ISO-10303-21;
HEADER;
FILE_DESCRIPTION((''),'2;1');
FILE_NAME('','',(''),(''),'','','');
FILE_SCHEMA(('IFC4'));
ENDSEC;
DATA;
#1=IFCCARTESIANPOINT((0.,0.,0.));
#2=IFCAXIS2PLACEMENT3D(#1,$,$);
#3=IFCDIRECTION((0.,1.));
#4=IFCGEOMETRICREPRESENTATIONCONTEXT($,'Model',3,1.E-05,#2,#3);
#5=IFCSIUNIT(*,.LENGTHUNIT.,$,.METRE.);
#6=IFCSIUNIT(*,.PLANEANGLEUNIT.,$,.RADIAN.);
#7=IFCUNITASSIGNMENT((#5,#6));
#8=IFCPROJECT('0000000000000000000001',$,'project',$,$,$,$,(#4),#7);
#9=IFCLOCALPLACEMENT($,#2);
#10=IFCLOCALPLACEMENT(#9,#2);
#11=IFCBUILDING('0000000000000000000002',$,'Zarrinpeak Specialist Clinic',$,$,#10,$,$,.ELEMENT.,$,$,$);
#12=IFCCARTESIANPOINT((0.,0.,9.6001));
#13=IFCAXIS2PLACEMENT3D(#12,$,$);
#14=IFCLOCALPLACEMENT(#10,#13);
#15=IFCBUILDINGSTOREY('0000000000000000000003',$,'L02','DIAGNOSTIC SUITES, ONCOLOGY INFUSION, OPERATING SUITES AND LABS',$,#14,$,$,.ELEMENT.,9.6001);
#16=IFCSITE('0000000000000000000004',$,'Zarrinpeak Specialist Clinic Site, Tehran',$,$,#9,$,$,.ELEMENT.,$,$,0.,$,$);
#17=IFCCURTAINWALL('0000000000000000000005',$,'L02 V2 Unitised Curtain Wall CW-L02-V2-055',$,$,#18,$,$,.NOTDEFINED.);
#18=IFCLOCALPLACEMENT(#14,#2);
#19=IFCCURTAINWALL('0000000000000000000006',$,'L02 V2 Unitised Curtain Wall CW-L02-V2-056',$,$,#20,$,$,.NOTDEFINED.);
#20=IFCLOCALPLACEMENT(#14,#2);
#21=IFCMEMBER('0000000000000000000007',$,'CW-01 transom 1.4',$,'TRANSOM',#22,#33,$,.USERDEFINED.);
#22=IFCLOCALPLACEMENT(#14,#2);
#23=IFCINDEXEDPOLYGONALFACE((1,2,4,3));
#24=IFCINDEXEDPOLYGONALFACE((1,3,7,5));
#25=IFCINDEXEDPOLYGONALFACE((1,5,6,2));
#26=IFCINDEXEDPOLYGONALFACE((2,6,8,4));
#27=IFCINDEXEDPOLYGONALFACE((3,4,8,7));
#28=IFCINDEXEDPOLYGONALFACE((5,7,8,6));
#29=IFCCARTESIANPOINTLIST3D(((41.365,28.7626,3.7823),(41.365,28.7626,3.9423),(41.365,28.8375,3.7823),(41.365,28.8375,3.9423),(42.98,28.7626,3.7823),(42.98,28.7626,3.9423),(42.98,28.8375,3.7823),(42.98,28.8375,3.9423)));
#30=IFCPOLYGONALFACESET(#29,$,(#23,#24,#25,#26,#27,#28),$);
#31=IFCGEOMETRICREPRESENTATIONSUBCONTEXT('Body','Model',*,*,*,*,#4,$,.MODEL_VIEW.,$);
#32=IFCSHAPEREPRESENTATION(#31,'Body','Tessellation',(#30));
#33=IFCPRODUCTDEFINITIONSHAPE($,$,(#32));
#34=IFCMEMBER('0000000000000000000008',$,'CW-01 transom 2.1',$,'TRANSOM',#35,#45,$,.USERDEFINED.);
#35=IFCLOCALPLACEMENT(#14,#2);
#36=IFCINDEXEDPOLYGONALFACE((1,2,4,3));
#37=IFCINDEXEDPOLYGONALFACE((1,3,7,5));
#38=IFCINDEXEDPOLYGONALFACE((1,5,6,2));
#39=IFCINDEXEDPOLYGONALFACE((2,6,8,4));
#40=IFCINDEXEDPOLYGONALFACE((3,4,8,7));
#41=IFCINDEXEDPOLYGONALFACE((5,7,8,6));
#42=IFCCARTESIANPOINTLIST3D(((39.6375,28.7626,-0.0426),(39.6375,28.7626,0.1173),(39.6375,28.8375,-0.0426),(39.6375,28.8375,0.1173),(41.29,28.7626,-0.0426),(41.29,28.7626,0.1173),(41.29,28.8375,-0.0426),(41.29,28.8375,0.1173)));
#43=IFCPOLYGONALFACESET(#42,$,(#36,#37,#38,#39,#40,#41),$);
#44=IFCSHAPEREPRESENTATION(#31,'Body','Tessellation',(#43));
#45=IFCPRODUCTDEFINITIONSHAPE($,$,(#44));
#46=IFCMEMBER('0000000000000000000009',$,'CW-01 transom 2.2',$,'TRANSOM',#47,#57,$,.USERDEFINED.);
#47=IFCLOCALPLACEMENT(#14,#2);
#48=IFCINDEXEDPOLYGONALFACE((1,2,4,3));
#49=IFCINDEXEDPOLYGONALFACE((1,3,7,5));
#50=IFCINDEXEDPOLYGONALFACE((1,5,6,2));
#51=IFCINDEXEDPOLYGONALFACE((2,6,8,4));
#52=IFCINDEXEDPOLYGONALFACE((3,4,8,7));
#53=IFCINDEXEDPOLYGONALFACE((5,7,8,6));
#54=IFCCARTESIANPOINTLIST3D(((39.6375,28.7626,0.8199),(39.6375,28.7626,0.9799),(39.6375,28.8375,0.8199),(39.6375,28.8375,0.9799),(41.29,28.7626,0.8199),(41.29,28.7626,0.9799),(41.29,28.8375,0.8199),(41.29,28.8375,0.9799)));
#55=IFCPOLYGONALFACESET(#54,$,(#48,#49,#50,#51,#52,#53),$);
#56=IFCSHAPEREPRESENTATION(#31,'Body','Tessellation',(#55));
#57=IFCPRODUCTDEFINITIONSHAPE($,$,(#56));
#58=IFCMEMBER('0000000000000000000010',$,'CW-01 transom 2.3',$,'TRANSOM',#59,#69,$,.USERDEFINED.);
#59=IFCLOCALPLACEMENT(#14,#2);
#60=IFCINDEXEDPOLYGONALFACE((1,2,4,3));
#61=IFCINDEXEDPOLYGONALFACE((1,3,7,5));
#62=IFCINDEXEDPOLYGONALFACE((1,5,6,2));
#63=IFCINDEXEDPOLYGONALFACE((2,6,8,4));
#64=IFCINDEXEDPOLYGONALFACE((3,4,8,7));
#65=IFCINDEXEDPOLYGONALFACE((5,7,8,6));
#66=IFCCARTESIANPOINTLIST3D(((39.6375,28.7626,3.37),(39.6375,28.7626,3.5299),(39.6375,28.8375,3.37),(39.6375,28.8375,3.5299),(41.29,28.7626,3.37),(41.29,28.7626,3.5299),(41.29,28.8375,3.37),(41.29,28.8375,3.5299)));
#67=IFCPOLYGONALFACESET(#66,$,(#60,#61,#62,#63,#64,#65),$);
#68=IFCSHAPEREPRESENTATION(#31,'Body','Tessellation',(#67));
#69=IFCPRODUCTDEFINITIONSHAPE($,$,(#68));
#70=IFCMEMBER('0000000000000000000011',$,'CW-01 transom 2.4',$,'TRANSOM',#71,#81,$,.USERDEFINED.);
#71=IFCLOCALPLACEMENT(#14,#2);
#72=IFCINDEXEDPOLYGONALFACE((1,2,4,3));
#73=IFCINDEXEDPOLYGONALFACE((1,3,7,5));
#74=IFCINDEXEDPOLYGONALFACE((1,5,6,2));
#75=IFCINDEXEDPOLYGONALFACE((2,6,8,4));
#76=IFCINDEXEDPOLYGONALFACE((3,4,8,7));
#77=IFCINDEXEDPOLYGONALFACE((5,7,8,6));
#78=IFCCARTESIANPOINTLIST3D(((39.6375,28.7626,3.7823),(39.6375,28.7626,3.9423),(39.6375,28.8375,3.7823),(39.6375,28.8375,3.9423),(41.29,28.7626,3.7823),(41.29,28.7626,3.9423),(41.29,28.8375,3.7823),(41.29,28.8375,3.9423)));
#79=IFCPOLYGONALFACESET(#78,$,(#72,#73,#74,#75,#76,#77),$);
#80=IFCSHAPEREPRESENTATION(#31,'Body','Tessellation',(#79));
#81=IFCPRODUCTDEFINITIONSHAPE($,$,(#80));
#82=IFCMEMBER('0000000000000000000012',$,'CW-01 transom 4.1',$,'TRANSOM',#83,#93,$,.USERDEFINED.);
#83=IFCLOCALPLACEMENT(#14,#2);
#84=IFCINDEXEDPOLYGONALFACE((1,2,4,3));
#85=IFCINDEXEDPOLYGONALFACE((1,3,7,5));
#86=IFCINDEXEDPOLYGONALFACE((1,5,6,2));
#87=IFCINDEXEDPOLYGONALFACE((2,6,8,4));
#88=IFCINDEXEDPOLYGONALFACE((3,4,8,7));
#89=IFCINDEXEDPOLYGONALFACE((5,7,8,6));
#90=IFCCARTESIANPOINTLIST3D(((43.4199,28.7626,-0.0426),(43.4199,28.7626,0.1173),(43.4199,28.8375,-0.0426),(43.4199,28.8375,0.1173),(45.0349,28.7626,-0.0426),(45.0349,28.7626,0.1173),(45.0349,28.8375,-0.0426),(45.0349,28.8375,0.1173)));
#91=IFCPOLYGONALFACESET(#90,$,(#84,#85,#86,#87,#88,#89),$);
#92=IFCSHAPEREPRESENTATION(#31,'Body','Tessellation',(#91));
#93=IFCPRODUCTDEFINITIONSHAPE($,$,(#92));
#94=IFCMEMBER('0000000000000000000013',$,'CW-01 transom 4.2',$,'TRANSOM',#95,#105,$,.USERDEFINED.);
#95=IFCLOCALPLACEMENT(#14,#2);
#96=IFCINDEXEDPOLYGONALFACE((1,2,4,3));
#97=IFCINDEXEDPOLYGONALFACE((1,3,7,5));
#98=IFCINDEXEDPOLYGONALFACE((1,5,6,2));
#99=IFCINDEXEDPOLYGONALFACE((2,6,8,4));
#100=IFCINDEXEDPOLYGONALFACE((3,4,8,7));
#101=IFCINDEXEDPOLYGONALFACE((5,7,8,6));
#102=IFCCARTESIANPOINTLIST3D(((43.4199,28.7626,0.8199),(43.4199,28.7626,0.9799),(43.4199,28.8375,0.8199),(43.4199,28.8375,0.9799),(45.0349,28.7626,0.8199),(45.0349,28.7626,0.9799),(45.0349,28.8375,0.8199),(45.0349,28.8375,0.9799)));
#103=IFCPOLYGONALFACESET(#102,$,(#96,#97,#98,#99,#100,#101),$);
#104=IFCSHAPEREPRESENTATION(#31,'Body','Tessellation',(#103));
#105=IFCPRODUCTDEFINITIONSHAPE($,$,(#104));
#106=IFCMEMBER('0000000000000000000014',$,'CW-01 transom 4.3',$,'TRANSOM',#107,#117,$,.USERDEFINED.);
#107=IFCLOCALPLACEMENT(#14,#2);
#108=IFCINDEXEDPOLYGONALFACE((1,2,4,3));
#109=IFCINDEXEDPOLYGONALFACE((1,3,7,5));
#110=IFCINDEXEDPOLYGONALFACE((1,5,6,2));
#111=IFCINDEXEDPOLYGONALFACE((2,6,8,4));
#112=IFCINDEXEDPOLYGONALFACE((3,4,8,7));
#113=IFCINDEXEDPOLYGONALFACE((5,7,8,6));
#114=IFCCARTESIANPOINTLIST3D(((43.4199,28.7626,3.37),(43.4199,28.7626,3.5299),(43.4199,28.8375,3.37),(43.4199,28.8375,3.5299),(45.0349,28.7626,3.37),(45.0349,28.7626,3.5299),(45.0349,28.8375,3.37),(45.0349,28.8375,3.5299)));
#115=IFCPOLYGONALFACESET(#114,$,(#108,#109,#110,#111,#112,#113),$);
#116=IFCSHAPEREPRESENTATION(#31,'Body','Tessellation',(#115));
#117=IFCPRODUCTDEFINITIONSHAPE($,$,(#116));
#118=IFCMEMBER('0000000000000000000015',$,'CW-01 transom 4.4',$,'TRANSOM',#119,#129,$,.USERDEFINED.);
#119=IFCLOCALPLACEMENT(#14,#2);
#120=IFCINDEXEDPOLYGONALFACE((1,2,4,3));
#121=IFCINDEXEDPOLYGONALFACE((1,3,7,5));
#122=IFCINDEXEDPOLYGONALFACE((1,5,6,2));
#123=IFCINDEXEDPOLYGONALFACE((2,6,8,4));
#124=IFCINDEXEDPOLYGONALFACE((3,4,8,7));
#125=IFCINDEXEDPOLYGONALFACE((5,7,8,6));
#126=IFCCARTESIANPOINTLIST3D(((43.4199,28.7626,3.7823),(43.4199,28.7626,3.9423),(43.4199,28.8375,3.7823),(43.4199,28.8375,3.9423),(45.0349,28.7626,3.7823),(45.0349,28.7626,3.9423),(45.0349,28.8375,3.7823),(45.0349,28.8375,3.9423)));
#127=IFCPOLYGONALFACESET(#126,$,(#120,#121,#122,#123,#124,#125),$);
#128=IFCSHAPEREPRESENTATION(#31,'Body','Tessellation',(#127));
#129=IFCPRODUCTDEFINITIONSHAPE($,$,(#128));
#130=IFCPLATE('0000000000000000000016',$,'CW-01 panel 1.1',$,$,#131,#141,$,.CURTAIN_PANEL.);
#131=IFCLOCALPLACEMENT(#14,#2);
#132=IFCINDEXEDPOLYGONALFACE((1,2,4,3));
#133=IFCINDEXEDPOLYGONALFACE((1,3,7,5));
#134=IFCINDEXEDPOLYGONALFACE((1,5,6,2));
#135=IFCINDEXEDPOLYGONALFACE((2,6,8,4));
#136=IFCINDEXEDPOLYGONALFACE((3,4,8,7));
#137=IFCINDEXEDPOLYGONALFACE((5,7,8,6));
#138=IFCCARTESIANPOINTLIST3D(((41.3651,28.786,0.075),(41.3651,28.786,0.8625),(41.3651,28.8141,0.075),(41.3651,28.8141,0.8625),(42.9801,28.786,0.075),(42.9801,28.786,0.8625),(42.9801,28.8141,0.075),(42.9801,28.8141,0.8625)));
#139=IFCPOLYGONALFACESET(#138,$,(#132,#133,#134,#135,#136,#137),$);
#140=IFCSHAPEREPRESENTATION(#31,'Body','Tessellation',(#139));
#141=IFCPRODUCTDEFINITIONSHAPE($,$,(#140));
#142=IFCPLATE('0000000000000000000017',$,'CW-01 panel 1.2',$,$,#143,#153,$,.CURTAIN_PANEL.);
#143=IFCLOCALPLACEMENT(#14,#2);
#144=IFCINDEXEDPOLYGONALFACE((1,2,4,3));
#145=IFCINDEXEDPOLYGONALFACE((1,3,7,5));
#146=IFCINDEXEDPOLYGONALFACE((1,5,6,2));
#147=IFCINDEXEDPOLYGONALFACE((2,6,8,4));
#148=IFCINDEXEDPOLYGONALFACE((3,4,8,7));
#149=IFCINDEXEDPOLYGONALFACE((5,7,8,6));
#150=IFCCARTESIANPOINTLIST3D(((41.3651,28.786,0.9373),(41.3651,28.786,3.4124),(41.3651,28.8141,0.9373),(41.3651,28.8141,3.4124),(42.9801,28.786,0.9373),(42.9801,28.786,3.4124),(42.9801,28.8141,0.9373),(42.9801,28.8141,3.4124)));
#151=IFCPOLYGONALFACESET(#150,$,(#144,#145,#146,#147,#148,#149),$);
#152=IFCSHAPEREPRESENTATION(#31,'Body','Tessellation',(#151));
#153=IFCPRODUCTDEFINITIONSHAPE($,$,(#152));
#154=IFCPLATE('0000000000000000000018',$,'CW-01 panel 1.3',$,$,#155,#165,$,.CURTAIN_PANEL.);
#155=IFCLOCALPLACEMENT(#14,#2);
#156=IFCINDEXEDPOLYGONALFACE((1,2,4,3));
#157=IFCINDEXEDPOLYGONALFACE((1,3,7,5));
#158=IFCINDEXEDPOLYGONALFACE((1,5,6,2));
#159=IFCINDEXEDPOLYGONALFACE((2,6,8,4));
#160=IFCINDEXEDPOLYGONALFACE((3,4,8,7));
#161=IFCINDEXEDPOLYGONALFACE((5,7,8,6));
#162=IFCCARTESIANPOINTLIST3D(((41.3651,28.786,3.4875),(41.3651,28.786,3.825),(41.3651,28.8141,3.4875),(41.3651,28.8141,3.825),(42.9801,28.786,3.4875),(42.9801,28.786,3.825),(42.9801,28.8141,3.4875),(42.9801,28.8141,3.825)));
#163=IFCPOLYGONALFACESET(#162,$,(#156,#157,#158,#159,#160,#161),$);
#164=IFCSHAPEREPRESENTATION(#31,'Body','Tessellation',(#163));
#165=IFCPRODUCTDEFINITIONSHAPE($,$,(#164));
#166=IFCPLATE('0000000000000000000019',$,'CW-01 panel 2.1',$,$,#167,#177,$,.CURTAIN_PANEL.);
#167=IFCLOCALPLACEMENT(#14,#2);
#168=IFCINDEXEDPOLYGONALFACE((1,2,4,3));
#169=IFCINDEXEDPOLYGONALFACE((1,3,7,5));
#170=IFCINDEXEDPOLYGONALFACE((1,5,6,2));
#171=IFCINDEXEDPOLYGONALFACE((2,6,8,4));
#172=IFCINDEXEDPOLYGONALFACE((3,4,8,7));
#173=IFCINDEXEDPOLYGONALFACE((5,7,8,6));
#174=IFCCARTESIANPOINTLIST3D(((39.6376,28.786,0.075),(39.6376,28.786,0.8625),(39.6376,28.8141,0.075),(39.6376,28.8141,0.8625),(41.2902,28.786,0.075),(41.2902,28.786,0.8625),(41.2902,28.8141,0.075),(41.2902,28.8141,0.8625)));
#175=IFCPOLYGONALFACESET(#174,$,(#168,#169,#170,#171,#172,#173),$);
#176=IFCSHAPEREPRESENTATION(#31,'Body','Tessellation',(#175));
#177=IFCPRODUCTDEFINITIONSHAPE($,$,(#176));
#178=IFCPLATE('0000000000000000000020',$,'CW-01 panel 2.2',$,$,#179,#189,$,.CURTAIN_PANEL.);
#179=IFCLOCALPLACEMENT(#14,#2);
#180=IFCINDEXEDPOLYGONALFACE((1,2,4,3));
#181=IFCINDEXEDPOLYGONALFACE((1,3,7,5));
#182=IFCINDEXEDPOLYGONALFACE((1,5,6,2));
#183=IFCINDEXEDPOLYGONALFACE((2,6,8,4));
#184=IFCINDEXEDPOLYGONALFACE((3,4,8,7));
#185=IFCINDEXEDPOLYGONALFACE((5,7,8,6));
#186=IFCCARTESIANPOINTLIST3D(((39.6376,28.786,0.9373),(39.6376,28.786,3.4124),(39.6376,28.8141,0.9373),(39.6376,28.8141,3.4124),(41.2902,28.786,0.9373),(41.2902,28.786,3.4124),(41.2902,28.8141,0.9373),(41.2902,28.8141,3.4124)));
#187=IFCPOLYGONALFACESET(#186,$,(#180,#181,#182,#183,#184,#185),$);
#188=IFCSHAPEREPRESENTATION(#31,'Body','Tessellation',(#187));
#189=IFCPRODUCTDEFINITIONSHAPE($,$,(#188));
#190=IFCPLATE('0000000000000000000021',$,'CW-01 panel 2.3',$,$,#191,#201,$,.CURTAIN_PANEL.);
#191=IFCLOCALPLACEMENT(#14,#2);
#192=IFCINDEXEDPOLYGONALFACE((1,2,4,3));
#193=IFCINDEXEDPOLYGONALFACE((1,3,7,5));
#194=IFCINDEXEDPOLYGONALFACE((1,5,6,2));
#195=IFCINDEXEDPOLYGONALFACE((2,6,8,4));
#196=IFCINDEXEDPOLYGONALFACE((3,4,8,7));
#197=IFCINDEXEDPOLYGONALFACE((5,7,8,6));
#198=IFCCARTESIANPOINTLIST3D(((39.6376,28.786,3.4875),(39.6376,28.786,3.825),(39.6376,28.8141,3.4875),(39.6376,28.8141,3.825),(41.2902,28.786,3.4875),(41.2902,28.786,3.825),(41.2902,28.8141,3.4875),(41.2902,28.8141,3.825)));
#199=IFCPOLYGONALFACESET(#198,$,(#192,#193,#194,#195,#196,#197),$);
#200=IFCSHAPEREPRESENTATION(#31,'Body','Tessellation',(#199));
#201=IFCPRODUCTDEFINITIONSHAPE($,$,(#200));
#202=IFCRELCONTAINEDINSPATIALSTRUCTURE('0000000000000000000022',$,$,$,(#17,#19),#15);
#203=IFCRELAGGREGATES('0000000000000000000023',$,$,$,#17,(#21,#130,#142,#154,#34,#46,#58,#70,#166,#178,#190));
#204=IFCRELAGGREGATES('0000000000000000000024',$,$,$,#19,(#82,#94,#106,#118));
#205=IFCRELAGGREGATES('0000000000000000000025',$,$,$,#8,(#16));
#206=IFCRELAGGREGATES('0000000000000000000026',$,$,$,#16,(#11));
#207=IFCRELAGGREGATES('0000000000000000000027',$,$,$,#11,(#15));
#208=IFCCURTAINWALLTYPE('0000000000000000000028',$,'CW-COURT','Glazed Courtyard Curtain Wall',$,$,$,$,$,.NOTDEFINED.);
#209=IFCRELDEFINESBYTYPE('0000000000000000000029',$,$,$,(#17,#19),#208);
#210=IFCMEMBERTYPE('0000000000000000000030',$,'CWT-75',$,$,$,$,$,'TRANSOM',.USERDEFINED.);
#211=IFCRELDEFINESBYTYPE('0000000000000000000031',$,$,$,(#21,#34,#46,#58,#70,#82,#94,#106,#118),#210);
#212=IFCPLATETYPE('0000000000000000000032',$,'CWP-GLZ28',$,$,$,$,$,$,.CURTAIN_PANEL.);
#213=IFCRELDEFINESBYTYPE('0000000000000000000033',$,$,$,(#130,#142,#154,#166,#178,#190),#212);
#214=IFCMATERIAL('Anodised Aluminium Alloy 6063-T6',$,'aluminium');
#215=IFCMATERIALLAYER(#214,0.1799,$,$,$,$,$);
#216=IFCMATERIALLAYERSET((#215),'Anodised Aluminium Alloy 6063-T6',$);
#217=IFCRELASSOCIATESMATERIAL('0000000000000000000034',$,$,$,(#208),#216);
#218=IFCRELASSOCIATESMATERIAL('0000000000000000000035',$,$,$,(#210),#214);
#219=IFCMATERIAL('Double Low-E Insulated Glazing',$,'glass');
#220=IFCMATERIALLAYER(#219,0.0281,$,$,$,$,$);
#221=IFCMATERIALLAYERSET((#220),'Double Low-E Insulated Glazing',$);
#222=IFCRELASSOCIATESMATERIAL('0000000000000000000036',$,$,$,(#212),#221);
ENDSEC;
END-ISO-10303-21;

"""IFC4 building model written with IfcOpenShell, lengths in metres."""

from ifc_helpers import new_model, si_unit, direction, frame, origin, origin_2d, place, context, subcontext, project, spatial, rectangle, extrude, material, layer, layer_set, material_profile, profile_set, type_object, element, aggregate, save


model = new_model("IFC4")

# Units and contexts
model_context = context("Model", 3, precision=1e-05, world=origin(), true_north=direction((0.0, 1.0)))
body_context = subcontext(model_context, "Body", "Model", "MODEL_VIEW")
ifc_project = project(units=[si_unit("LENGTHUNIT", "METRE"), si_unit("PLANEANGLEUNIT", "RADIAN")], contexts=[model_context])

# Site, building, storey
site_placement = place(None, origin())
site = spatial("IfcSite", under=ifc_project, at=site_placement, Name="Zarrinpeak Specialist Clinic Site, Tehran", CompositionType="ELEMENT", RefElevation=0.0)
building_placement = place(site_placement, origin())
building = spatial("IfcBuilding", under=site, at=building_placement, Name="Zarrinpeak Specialist Clinic", CompositionType="ELEMENT")
storey_placement = place(building_placement, frame((0.0, 0.0, 9.6001)))
storey = spatial("IfcBuildingStorey", under=building, at=storey_placement, Name="L02", Description="DIAGNOSTIC SUITES, ONCOLOGY INFUSION, OPERATING SUITES AND LABS", CompositionType="ELEMENT", Elevation=9.6001)

# Curtain walls
ifc_material_1 = material(Name="Anodised Aluminium Alloy 6063-T6", Category="aluminium")
ifc_layer_1 = layer(ifc_material_1, 0.1799)
ifc_layer_set_1 = layer_set([ifc_layer_1], Name="Anodised Aluminium Alloy 6063-T6")
curtain_wall_type = type_object("IfcCurtainWallType", Name="CW-COURT", Description="Glazed Courtyard Curtain Wall", PredefinedType="NOTDEFINED", material=ifc_layer_set_1)
curtain_wall_1_placement = place(storey_placement, origin())
curtain_wall_1 = element("IfcCurtainWall", 1, at=curtain_wall_1_placement, inside=storey, type_object=curtain_wall_type, Name="L02 V2 Unitised Curtain Wall CW-L02-V2-055", PredefinedType="NOTDEFINED")
curtain_wall_2_placement = place(storey_placement, origin())
curtain_wall_2 = element("IfcCurtainWall", 2, at=curtain_wall_2_placement, inside=storey, type_object=curtain_wall_type, Name="L02 V2 Unitised Curtain Wall CW-L02-V2-056", PredefinedType="NOTDEFINED")

# Members
ifc_material_profile_1 = material_profile(ifc_material_1, rectangle(XDim=0.075, YDim=0.1599, at=origin_2d()), Name="ALU 75x160")
ifc_profile_set_1 = profile_set([ifc_material_profile_1], Name="Anodised Aluminium Alloy 6063-T6")
member_type_1 = type_object("IfcMemberType", Name="CWT-75", ElementType="TRANSOM", PredefinedType="USERDEFINED", material=ifc_profile_set_1)
member_1_placement = place(storey_placement, frame((42.98, 28.8, 3.8623), z_axis=(-1.0, 0.0, 0.0), x_axis=(0.0, -1.0, 0.0)))
member_1 = element("IfcMember", 3, at=member_1_placement, type_object=member_type_1, Name="CW-01 transom 1.4", ObjectType="TRANSOM", PredefinedType="USERDEFINED", context=body_context, shape_type="SweptSolid", body=[
    extrude(rectangle(XDim=0.075, YDim=0.1599, at=origin_2d()), origin(), (0.0, 0.0, 1.0), 1.615),
])
member_2_placement = place(storey_placement, frame((41.29, 28.8, 0.0374), z_axis=(-1.0, 0.0, 0.0), x_axis=(0.0, -1.0, 0.0)))
member_2 = element("IfcMember", 4, at=member_2_placement, type_object=member_type_1, Name="CW-01 transom 2.1", ObjectType="TRANSOM", PredefinedType="USERDEFINED", context=body_context, shape_type="SweptSolid", body=[
    extrude(rectangle(XDim=0.075, YDim=0.1599, at=origin_2d()), origin(), (0.0, 0.0, 1.0), 1.6526),
])
member_3_placement = place(storey_placement, frame((41.29, 28.8, 0.8999), z_axis=(-1.0, 0.0, 0.0), x_axis=(0.0, -1.0, 0.0)))
member_3 = element("IfcMember", 5, at=member_3_placement, type_object=member_type_1, Name="CW-01 transom 2.2", ObjectType="TRANSOM", PredefinedType="USERDEFINED", context=body_context, shape_type="SweptSolid", body=[
    extrude(rectangle(XDim=0.075, YDim=0.1599, at=origin_2d()), origin(), (0.0, 0.0, 1.0), 1.6526),
])
member_4_placement = place(storey_placement, frame((41.29, 28.8, 3.45), z_axis=(-1.0, 0.0, 0.0), x_axis=(0.0, -1.0, 0.0)))
member_4 = element("IfcMember", 6, at=member_4_placement, type_object=member_type_1, Name="CW-01 transom 2.3", ObjectType="TRANSOM", PredefinedType="USERDEFINED", context=body_context, shape_type="SweptSolid", body=[
    extrude(rectangle(XDim=0.075, YDim=0.1599, at=origin_2d()), origin(), (0.0, 0.0, 1.0), 1.6526),
])
member_5_placement = place(storey_placement, frame((41.29, 28.8, 3.8623), z_axis=(-1.0, 0.0, 0.0), x_axis=(0.0, -1.0, 0.0)))
member_5 = element("IfcMember", 7, at=member_5_placement, type_object=member_type_1, Name="CW-01 transom 2.4", ObjectType="TRANSOM", PredefinedType="USERDEFINED", context=body_context, shape_type="SweptSolid", body=[
    extrude(rectangle(XDim=0.075, YDim=0.1599, at=origin_2d()), origin(), (0.0, 0.0, 1.0), 1.6526),
])
member_6_placement = place(storey_placement, frame((45.0349, 28.8, 0.0374), z_axis=(-1.0, 0.0, 0.0), x_axis=(0.0, -1.0, 0.0)))
member_6 = element("IfcMember", 8, at=member_6_placement, type_object=member_type_1, Name="CW-01 transom 4.1", ObjectType="TRANSOM", PredefinedType="USERDEFINED", context=body_context, shape_type="SweptSolid", body=[
    extrude(rectangle(XDim=0.075, YDim=0.1599, at=origin_2d()), origin(), (0.0, 0.0, 1.0), 1.615),
])
member_7_placement = place(storey_placement, frame((45.0349, 28.8, 0.8999), z_axis=(-1.0, 0.0, 0.0), x_axis=(0.0, -1.0, 0.0)))
member_7 = element("IfcMember", 9, at=member_7_placement, type_object=member_type_1, Name="CW-01 transom 4.2", ObjectType="TRANSOM", PredefinedType="USERDEFINED", context=body_context, shape_type="SweptSolid", body=[
    extrude(rectangle(XDim=0.075, YDim=0.1599, at=origin_2d()), origin(), (0.0, 0.0, 1.0), 1.615),
])
member_8_placement = place(storey_placement, frame((45.0349, 28.8, 3.45), z_axis=(-1.0, 0.0, 0.0), x_axis=(0.0, -1.0, 0.0)))
member_8 = element("IfcMember", 10, at=member_8_placement, type_object=member_type_1, Name="CW-01 transom 4.3", ObjectType="TRANSOM", PredefinedType="USERDEFINED", context=body_context, shape_type="SweptSolid", body=[
    extrude(rectangle(XDim=0.075, YDim=0.1599, at=origin_2d()), origin(), (0.0, 0.0, 1.0), 1.615),
])
member_9_placement = place(storey_placement, frame((45.0349, 28.8, 3.8623), z_axis=(-1.0, 0.0, 0.0), x_axis=(0.0, -1.0, 0.0)))
member_9 = element("IfcMember", 11, at=member_9_placement, type_object=member_type_1, Name="CW-01 transom 4.4", ObjectType="TRANSOM", PredefinedType="USERDEFINED", context=body_context, shape_type="SweptSolid", body=[
    extrude(rectangle(XDim=0.075, YDim=0.1599, at=origin_2d()), origin(), (0.0, 0.0, 1.0), 1.615),
])

# Plates
ifc_material_2 = material(Name="Double Low-E Insulated Glazing", Category="glass")
ifc_layer_2 = layer(ifc_material_2, 0.0281)
ifc_layer_set_2 = layer_set([ifc_layer_2], Name="Double Low-E Insulated Glazing")
plate_type = type_object("IfcPlateType", Name="CWP-GLZ28", PredefinedType="CURTAIN_PANEL", material=ifc_layer_set_2)
plate_1_placement = place(storey_placement, frame((42.1726, 28.8, 0.075), z_axis=(0.0, 0.0, 1.0), x_axis=(-1.0, 0.0, 0.0)))
plate_1 = element("IfcPlate", 12, at=plate_1_placement, type_object=plate_type, Name="CW-01 panel 1.1", PredefinedType="CURTAIN_PANEL", context=body_context, shape_type="SweptSolid", body=[
    extrude(rectangle(XDim=1.615, YDim=0.0281, at=origin_2d()), origin(), (0.0, 0.0, 1.0), 0.7876),
])
plate_2_placement = place(storey_placement, frame((42.1726, 28.8, 0.9373), z_axis=(0.0, 0.0, 1.0), x_axis=(-1.0, 0.0, 0.0)))
plate_2 = element("IfcPlate", 13, at=plate_2_placement, type_object=plate_type, Name="CW-01 panel 1.2", PredefinedType="CURTAIN_PANEL", context=body_context, shape_type="SweptSolid", body=[
    extrude(rectangle(XDim=1.615, YDim=0.0281, at=origin_2d()), origin(), (0.0, 0.0, 1.0), 2.4751),
])
plate_3_placement = place(storey_placement, frame((42.1726, 28.8, 3.4875), z_axis=(0.0, 0.0, 1.0), x_axis=(-1.0, 0.0, 0.0)))
plate_3 = element("IfcPlate", 14, at=plate_3_placement, type_object=plate_type, Name="CW-01 panel 1.3", PredefinedType="CURTAIN_PANEL", context=body_context, shape_type="SweptSolid", body=[
    extrude(rectangle(XDim=1.615, YDim=0.0281, at=origin_2d()), origin(), (0.0, 0.0, 1.0), 0.3374),
])
plate_4_placement = place(storey_placement, frame((40.4639, 28.8, 0.075), z_axis=(0.0, 0.0, 1.0), x_axis=(-1.0, 0.0, 0.0)))
plate_4 = element("IfcPlate", 15, at=plate_4_placement, type_object=plate_type, Name="CW-01 panel 2.1", PredefinedType="CURTAIN_PANEL", context=body_context, shape_type="SweptSolid", body=[
    extrude(rectangle(XDim=1.6526, YDim=0.0281, at=origin_2d()), origin(), (0.0, 0.0, 1.0), 0.7876),
])
plate_5_placement = place(storey_placement, frame((40.4639, 28.8, 0.9373), z_axis=(0.0, 0.0, 1.0), x_axis=(-1.0, 0.0, 0.0)))
plate_5 = element("IfcPlate", 16, at=plate_5_placement, type_object=plate_type, Name="CW-01 panel 2.2", PredefinedType="CURTAIN_PANEL", context=body_context, shape_type="SweptSolid", body=[
    extrude(rectangle(XDim=1.6526, YDim=0.0281, at=origin_2d()), origin(), (0.0, 0.0, 1.0), 2.4751),
])
plate_6_placement = place(storey_placement, frame((40.4639, 28.8, 3.4875), z_axis=(0.0, 0.0, 1.0), x_axis=(-1.0, 0.0, 0.0)))
plate_6 = element("IfcPlate", 17, at=plate_6_placement, type_object=plate_type, Name="CW-01 panel 2.3", PredefinedType="CURTAIN_PANEL", context=body_context, shape_type="SweptSolid", body=[
    extrude(rectangle(XDim=1.6526, YDim=0.0281, at=origin_2d()), origin(), (0.0, 0.0, 1.0), 0.3374),
])
aggregate(curtain_wall_1, [member_1, plate_1, plate_2, plate_3, member_2, member_3, member_4, member_5, plate_4, plate_5, plate_6])
aggregate(curtain_wall_2, [member_6, member_7, member_8, member_9])

save(model, "model.ifc")
